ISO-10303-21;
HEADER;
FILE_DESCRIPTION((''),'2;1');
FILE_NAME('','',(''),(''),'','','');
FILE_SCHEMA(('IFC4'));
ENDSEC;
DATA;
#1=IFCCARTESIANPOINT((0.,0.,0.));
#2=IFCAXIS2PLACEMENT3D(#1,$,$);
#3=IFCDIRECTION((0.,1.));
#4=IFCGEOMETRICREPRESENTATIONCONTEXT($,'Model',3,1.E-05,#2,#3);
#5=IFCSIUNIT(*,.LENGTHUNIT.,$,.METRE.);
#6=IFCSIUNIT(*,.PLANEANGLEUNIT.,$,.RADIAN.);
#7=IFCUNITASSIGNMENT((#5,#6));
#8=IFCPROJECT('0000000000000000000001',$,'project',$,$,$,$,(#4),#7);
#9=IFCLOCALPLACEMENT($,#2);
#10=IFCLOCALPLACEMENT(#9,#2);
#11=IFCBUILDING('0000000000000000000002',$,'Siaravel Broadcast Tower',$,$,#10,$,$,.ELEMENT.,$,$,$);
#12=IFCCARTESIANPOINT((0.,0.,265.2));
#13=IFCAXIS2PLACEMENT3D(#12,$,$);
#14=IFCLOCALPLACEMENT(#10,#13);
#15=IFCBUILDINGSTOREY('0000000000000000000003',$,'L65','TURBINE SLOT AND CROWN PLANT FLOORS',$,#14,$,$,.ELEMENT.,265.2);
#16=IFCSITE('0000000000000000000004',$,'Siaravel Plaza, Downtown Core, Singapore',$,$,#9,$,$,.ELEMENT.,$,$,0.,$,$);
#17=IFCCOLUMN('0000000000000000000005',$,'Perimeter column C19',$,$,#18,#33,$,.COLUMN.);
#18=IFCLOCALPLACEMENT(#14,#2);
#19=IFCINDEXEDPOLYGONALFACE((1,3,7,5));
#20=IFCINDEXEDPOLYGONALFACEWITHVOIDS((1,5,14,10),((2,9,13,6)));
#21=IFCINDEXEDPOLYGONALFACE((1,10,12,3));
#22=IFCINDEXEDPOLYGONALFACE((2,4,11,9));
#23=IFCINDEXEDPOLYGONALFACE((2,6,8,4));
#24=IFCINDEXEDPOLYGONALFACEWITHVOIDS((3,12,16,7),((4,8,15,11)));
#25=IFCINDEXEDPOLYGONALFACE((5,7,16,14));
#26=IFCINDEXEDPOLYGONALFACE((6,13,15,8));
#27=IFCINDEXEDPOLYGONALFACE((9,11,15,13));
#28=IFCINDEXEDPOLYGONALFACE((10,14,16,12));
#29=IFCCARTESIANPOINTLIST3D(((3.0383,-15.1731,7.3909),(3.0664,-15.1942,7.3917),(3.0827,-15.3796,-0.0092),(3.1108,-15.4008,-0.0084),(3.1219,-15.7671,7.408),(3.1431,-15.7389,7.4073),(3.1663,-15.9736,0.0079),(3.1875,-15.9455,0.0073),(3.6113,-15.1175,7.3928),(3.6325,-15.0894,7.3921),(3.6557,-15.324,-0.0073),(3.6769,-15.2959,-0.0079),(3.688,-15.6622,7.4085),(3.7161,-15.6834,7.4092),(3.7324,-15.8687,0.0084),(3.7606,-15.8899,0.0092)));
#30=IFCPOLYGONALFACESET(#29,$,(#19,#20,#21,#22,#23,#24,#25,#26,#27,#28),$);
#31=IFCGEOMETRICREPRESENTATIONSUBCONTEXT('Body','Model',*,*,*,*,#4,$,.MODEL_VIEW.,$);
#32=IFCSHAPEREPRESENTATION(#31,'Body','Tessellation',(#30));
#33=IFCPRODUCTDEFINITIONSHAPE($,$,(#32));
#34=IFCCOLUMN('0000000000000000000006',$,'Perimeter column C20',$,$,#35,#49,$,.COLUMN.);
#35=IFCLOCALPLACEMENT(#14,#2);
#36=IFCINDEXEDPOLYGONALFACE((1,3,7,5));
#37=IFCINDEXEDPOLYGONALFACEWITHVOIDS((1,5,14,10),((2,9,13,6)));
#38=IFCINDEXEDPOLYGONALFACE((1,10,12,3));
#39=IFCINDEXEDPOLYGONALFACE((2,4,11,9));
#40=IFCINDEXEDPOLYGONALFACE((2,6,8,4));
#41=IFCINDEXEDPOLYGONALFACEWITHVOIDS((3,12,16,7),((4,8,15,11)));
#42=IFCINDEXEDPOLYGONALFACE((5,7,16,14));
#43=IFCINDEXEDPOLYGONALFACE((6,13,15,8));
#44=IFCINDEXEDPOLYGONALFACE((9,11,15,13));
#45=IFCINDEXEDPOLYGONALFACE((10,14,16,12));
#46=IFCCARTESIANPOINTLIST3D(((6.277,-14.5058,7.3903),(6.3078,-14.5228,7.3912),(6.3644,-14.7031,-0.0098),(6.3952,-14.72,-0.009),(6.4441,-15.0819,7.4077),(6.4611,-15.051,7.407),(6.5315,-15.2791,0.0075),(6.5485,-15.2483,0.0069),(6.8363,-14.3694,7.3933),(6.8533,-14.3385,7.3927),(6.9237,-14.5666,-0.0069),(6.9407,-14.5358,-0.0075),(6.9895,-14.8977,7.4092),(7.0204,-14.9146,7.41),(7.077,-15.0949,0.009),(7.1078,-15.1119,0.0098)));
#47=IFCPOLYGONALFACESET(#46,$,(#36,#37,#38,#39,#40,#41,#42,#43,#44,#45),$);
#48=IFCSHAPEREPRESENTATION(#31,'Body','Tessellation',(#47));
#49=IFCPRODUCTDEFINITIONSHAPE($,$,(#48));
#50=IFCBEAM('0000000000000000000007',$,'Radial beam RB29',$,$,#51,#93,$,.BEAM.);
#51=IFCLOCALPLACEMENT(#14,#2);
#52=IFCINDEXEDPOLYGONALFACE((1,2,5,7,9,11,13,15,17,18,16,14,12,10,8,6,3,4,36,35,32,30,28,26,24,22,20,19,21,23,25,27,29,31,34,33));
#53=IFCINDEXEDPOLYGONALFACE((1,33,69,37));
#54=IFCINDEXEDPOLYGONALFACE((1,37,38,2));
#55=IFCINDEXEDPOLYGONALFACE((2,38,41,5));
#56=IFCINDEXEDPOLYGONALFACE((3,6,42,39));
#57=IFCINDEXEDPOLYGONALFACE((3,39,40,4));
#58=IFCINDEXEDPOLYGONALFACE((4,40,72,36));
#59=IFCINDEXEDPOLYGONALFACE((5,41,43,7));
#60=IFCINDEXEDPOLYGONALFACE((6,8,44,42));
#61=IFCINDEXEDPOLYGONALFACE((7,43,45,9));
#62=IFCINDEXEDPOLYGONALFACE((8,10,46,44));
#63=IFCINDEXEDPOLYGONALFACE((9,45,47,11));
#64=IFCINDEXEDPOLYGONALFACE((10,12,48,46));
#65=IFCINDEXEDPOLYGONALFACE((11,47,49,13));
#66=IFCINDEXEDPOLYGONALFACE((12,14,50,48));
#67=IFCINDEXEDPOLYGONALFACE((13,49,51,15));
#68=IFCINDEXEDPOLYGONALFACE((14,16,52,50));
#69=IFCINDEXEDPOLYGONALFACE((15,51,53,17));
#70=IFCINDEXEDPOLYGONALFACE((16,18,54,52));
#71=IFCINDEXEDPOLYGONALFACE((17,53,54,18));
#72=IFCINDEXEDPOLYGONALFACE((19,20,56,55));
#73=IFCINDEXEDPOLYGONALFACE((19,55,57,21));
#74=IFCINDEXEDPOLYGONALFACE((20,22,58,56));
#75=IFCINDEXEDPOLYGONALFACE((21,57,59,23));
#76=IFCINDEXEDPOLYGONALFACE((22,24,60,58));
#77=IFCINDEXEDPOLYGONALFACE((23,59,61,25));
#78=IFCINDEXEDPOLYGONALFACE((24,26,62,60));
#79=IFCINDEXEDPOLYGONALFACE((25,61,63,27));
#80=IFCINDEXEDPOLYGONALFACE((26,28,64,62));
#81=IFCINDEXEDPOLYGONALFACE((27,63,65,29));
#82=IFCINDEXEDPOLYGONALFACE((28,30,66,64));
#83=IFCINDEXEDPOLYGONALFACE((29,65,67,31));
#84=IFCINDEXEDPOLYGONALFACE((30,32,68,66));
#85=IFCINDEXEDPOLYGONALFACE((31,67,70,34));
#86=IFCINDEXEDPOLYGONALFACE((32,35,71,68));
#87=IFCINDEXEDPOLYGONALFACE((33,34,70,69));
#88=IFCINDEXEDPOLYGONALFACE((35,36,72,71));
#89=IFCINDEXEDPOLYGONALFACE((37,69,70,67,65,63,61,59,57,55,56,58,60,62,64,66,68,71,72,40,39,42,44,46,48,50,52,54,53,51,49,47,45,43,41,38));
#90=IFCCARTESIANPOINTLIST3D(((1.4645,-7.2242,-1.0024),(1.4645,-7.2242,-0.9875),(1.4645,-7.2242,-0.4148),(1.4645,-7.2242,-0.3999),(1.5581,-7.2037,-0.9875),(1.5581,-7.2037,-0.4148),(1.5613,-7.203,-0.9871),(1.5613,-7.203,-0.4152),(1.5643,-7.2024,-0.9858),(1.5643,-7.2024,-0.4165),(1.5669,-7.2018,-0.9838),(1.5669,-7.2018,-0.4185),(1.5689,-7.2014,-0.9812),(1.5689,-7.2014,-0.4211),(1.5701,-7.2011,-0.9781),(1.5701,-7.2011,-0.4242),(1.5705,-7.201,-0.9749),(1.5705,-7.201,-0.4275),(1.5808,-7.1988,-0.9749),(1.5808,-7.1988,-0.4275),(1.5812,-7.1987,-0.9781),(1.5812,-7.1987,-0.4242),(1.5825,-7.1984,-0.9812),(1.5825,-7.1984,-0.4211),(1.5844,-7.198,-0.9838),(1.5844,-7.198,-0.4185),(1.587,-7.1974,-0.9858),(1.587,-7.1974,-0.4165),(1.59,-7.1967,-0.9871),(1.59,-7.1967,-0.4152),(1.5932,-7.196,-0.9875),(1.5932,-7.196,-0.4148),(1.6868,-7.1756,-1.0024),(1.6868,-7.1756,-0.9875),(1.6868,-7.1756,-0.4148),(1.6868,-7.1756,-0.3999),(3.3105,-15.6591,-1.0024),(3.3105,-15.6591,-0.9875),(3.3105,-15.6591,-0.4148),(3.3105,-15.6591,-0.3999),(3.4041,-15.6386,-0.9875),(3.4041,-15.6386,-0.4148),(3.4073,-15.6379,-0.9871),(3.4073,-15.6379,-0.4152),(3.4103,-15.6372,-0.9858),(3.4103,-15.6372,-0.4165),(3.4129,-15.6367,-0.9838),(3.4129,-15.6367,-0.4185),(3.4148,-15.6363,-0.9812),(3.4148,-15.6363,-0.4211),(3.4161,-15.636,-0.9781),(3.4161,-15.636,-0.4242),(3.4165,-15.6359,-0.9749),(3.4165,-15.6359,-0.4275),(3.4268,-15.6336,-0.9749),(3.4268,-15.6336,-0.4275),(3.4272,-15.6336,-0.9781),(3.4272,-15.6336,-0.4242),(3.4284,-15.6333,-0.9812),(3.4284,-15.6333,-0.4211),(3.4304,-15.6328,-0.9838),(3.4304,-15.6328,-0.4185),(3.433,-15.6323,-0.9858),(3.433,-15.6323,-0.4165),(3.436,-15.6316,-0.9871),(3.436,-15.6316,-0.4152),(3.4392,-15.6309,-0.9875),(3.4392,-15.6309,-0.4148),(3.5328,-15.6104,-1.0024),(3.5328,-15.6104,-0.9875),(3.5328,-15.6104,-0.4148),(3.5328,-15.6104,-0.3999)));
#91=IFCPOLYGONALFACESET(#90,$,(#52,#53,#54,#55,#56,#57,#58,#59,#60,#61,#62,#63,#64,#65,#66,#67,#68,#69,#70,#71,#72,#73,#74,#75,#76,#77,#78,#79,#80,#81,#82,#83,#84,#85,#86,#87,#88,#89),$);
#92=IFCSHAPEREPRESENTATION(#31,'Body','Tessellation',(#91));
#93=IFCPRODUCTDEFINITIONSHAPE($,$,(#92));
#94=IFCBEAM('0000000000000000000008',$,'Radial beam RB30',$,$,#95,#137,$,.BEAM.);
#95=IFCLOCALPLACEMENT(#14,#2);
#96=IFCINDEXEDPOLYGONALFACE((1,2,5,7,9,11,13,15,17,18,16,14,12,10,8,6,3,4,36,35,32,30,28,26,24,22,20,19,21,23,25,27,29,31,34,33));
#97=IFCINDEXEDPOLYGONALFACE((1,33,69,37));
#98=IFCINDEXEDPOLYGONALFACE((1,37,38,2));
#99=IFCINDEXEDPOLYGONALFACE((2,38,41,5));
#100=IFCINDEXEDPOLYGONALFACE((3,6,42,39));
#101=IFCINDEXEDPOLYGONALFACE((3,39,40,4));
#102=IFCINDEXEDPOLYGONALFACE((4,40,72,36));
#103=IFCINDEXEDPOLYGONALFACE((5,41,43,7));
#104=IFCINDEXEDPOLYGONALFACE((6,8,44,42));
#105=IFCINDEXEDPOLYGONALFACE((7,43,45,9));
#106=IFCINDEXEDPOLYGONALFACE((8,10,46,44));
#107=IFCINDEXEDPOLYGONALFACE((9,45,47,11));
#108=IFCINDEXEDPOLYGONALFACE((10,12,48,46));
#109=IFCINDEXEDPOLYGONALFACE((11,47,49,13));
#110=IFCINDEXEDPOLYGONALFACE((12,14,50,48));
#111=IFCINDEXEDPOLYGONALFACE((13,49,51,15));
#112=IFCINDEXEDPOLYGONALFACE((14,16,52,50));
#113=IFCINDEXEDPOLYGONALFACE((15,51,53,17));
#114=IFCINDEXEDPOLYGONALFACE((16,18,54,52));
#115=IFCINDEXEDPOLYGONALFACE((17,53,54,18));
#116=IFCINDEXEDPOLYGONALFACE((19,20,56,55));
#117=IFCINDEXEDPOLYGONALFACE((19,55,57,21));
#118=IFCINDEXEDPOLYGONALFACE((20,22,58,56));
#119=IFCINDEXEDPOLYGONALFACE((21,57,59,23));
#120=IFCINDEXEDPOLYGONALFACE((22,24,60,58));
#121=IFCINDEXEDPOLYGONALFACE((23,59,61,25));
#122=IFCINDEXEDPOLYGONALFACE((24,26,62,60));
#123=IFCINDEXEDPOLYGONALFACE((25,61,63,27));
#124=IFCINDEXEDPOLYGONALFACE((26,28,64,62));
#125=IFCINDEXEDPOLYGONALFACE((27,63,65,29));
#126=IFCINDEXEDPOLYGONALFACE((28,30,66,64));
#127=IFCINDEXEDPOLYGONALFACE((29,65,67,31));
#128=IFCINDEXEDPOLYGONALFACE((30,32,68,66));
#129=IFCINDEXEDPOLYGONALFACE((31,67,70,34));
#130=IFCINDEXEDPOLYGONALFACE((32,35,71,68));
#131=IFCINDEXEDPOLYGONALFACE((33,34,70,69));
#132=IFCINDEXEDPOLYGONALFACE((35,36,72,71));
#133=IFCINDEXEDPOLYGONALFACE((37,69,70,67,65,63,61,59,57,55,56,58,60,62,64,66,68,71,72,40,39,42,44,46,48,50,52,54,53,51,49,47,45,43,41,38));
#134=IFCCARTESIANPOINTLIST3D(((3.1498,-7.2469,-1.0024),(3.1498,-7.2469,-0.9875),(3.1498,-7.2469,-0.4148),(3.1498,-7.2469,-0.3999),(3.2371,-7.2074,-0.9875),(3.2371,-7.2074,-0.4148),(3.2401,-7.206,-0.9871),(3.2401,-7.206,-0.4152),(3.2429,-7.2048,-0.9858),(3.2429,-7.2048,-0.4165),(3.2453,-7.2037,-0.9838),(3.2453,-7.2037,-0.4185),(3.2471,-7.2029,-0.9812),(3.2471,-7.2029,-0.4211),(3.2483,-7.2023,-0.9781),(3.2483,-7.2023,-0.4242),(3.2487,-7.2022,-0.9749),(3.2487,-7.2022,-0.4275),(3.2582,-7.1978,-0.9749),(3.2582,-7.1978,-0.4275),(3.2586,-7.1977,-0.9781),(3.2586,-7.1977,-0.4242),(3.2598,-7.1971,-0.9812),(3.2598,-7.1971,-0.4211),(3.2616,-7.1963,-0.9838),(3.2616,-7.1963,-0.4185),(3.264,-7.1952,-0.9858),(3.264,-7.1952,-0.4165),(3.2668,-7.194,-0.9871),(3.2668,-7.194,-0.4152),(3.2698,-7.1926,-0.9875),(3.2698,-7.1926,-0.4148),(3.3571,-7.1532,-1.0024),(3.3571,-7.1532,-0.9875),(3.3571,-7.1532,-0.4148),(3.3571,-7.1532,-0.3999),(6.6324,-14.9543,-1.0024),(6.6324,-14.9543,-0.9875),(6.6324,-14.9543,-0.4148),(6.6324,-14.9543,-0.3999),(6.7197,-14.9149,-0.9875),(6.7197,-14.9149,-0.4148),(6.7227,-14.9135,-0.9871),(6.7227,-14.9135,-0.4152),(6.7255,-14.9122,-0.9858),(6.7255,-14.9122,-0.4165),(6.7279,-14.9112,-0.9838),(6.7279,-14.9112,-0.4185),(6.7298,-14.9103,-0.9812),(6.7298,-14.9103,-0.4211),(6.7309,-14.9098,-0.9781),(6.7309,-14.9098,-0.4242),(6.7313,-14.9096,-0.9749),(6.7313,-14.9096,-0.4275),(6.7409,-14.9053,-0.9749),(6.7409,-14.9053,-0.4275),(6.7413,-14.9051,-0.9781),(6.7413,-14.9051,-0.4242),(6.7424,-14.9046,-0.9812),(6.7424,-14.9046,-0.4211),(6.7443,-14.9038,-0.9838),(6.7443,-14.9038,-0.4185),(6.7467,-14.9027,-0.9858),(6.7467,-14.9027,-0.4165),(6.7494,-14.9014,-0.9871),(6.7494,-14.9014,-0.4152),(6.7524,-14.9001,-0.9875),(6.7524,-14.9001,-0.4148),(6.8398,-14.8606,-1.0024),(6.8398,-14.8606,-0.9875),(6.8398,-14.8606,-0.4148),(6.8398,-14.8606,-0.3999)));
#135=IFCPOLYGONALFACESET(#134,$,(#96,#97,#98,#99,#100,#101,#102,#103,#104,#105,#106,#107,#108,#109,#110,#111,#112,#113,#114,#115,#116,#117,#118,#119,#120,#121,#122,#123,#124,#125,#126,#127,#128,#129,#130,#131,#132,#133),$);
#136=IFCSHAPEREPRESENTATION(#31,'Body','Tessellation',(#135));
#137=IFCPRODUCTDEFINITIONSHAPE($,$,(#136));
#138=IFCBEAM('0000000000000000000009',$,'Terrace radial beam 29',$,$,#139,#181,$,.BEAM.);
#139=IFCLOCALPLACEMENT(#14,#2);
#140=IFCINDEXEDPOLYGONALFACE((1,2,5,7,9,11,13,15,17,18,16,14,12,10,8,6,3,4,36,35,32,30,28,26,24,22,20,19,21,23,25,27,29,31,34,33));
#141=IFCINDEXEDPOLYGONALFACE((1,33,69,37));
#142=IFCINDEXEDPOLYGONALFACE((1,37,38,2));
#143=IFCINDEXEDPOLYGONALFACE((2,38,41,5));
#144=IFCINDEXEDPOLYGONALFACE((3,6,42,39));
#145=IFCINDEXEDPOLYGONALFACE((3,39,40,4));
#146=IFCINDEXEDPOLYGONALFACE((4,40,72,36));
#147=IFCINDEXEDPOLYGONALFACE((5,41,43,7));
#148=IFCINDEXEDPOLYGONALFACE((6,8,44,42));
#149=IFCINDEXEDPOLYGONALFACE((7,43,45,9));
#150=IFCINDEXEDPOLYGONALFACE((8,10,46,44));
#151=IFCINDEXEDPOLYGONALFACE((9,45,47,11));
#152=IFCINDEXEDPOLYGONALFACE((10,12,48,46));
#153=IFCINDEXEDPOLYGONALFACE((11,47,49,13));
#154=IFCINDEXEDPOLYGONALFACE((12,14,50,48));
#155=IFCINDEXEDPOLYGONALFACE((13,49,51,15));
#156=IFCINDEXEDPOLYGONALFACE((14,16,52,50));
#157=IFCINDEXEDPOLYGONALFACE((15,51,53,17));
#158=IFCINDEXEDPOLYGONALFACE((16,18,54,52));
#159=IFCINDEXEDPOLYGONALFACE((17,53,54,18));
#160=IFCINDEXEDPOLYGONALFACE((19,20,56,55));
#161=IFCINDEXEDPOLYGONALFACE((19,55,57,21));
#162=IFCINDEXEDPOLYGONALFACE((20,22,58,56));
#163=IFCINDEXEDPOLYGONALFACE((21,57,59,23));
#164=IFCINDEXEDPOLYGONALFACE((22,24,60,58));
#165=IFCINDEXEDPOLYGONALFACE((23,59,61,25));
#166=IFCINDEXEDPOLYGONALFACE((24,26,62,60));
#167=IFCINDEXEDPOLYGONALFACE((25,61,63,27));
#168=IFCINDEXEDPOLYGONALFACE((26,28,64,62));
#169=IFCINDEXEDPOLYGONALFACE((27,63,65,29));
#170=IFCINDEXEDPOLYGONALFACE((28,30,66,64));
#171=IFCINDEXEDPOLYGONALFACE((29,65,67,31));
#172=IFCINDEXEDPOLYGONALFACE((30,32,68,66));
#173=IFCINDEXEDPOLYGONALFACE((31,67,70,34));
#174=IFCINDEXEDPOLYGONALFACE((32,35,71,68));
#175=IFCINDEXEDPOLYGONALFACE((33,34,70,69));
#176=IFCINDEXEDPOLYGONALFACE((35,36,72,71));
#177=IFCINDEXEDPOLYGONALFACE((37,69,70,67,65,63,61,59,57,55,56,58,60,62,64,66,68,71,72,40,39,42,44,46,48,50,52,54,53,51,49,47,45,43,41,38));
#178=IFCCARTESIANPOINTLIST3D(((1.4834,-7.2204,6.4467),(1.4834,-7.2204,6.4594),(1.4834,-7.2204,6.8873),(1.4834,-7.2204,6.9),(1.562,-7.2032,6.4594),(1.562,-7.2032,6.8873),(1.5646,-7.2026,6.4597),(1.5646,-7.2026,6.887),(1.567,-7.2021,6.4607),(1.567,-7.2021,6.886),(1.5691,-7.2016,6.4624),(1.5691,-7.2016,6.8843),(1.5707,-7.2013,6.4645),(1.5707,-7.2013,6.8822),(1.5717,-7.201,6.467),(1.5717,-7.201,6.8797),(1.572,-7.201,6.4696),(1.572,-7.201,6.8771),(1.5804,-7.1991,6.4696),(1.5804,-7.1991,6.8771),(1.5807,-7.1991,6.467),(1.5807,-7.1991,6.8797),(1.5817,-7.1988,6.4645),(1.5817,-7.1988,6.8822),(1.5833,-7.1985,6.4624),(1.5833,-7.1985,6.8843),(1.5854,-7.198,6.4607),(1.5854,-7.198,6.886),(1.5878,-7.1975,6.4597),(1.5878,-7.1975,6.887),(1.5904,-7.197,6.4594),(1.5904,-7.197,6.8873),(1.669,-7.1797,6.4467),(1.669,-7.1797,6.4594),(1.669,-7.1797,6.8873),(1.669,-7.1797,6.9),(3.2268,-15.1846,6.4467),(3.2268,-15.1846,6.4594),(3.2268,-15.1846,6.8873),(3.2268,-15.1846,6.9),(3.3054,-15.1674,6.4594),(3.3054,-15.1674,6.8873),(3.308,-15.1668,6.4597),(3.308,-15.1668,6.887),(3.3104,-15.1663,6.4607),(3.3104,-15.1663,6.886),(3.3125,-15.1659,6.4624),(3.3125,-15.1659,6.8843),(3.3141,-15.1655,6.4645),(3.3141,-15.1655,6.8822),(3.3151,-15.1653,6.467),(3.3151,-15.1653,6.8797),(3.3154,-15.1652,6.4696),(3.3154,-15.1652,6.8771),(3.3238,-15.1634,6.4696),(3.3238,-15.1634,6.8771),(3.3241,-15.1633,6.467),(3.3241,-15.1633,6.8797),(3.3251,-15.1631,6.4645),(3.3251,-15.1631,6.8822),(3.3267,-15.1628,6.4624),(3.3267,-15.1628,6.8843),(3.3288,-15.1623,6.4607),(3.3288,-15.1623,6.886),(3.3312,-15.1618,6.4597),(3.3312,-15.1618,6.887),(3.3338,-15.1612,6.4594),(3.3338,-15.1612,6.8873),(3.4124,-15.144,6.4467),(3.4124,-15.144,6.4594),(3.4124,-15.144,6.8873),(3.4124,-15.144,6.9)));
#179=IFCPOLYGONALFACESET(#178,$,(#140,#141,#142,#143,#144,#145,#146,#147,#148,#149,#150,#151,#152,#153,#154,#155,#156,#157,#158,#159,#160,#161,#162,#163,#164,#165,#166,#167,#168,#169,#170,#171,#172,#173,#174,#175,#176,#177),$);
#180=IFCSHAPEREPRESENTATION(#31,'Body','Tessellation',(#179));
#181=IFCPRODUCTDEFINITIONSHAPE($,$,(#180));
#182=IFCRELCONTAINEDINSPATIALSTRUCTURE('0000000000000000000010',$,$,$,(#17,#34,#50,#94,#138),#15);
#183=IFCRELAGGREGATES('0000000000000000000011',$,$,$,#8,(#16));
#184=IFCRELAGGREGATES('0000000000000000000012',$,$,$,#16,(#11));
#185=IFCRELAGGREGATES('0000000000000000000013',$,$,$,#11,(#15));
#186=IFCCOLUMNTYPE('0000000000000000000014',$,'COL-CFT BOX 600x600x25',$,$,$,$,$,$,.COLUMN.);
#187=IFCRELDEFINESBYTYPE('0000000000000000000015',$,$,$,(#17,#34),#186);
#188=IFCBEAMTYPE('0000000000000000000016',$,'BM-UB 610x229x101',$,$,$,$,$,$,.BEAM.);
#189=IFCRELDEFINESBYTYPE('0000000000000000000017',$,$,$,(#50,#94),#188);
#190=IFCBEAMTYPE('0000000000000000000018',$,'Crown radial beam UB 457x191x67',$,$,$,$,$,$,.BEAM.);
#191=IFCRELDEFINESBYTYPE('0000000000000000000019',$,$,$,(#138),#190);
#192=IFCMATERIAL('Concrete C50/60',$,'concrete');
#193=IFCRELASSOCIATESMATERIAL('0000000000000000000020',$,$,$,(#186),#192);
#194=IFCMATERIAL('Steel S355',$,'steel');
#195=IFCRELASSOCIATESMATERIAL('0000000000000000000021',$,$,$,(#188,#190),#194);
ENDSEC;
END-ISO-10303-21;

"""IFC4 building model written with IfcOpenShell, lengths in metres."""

from ifc_helpers import new_model, si_unit, direction, frame, origin, origin_2d, place, context, subcontext, project, spatial, hollow_rectangle, i_section, extrude, material, material_profile, profile_set, type_object, element, save


model = new_model("IFC4")

# Units and contexts
model_context = context("Model", 3, precision=1e-05, world=origin(), true_north=direction((0.0, 1.0)))
body_context = subcontext(model_context, "Body", "Model", "MODEL_VIEW")
ifc_project = project(units=[si_unit("LENGTHUNIT", "METRE"), si_unit("PLANEANGLEUNIT", "RADIAN")], contexts=[model_context])

# Site, building, storey
site_placement = place(None, origin())
site = spatial("IfcSite", under=ifc_project, at=site_placement, Name="Siaravel Plaza, Downtown Core, Singapore", CompositionType="ELEMENT", RefElevation=0.0)
building_placement = place(site_placement, origin())
building = spatial("IfcBuilding", under=site, at=building_placement, Name="Siaravel Broadcast Tower", CompositionType="ELEMENT")
storey_placement = place(building_placement, frame((0.0, 0.0, 265.2)))
storey = spatial("IfcBuildingStorey", under=building, at=storey_placement, Name="L65", Description="TURBINE SLOT AND CROWN PLANT FLOORS", CompositionType="ELEMENT", Elevation=265.2)

# Columns
ifc_material_1 = material(Name="Concrete C50/60", Category="concrete")
ifc_material_profile_1 = material_profile(ifc_material_1, hollow_rectangle(XDim=0.6001, YDim=0.6001, WallThickness=0.0249, at=origin_2d()))
ifc_profile_set_1 = profile_set([ifc_material_profile_1], Name="Concrete C50/60")
column_type = type_object("IfcColumnType", Name="COL-CFT BOX 600x600x25", PredefinedType="COLUMN", material=ifc_profile_set_1)
column_1_placement = place(storey_placement, frame((3.4216, -15.6348, 0.0), z_axis=(-0.006002, 0.027899, 0.999593), x_axis=(-0.990225, -0.139461, -0.002053)))
element("IfcColumn", 1, at=column_1_placement, inside=storey, type_object=column_type, Name="Perimeter column C19", PredefinedType="COLUMN", context=body_context, shape_type="SweptSolid", body=[
    extrude(hollow_rectangle(XDim=0.6001, YDim=0.6001, WallThickness=0.0249, at=origin_2d()), origin(), (0.0, 0.0, 1.0), 7.4031),
])
column_2_placement = place(storey_placement, frame((6.7361, -14.9075, 0.0), z_axis=(-0.011806, 0.026646, 0.999575), x_axis=(-0.960365, -0.278719, -0.003913)))
element("IfcColumn", 2, at=column_2_placement, inside=storey, type_object=column_type, Name="Perimeter column C20", PredefinedType="COLUMN", context=body_context, shape_type="SweptSolid", body=[
    extrude(hollow_rectangle(XDim=0.6001, YDim=0.6001, WallThickness=0.0249, at=origin_2d()), origin(), (0.0, 0.0, 1.0), 7.4033),
])

# Beams
ifc_material_2 = material(Name="Steel S355", Category="steel")
ifc_material_profile_2 = material_profile(ifc_material_2, i_section(OverallWidth=0.2275, OverallDepth=0.6025, WebThickness=0.0105, FlangeThickness=0.0149, FilletRadius=0.0127, at=origin_2d()))
ifc_profile_set_2 = profile_set([ifc_material_profile_2], Name="Steel S355")
beam_type_1 = type_object("IfcBeamType", Name="BM-UB 610x229x101", PredefinedType="BEAM", material=ifc_profile_set_2)
beam_1_placement = place(storey_placement, frame((3.4216, -15.6348, -0.7012), z_axis=(-0.213789, 0.97688, 0.0), x_axis=(-0.97688, -0.213789, 0.0)))
element("IfcBeam", 3, at=beam_1_placement, inside=storey, type_object=beam_type_1, Name="Radial beam RB29", PredefinedType="BEAM", context=body_context, shape_type="SweptSolid", body=[
    extrude(i_section(OverallWidth=0.2275, OverallDepth=0.6025, WebThickness=0.0105, FlangeThickness=0.0149, FilletRadius=0.0127, at=origin_2d()), origin(), (0.0, 0.0, 1.0), 8.6345),
])
beam_2_placement = place(storey_placement, frame((6.7361, -14.9075, -0.7012), z_axis=(-0.411768, 0.911288, 0.0), x_axis=(-0.911288, -0.411768, 0.0)))
element("IfcBeam", 4, at=beam_2_placement, inside=storey, type_object=beam_type_1, Name="Radial beam RB30", PredefinedType="BEAM", context=body_context, shape_type="SweptSolid", body=[
    extrude(i_section(OverallWidth=0.2275, OverallDepth=0.6025, WebThickness=0.0105, FlangeThickness=0.0149, FilletRadius=0.0127, at=origin_2d()), origin(), (0.0, 0.0, 1.0), 8.4578),
])
ifc_material_profile_3 = material_profile(ifc_material_2, i_section(OverallWidth=0.1899, OverallDepth=0.4534, WebThickness=0.0085, FlangeThickness=0.0127, FilletRadius=0.0103, at=origin_2d()))
ifc_profile_set_3 = profile_set([ifc_material_profile_3], Name="Steel S355")
beam_type_2 = type_object("IfcBeamType", Name="Crown radial beam UB 457x191x67", PredefinedType="BEAM", material=ifc_profile_set_3)
beam_3_placement = place(storey_placement, frame((3.3196, -15.1643, 6.6733), z_axis=(-0.213838, 0.976869, 0.0), x_axis=(-0.976869, -0.213838, 0.0)))
element("IfcBeam", 5, at=beam_3_placement, inside=storey, type_object=beam_type_2, Name="Terrace radial beam 29", PredefinedType="BEAM", context=body_context, shape_type="SweptSolid", body=[
    extrude(i_section(OverallWidth=0.1899, OverallDepth=0.4534, WebThickness=0.0085, FlangeThickness=0.0127, FilletRadius=0.0103, at=origin_2d()), origin(), (0.0, 0.0, 1.0), 8.1528),
])

save(model, "model.ifc")
